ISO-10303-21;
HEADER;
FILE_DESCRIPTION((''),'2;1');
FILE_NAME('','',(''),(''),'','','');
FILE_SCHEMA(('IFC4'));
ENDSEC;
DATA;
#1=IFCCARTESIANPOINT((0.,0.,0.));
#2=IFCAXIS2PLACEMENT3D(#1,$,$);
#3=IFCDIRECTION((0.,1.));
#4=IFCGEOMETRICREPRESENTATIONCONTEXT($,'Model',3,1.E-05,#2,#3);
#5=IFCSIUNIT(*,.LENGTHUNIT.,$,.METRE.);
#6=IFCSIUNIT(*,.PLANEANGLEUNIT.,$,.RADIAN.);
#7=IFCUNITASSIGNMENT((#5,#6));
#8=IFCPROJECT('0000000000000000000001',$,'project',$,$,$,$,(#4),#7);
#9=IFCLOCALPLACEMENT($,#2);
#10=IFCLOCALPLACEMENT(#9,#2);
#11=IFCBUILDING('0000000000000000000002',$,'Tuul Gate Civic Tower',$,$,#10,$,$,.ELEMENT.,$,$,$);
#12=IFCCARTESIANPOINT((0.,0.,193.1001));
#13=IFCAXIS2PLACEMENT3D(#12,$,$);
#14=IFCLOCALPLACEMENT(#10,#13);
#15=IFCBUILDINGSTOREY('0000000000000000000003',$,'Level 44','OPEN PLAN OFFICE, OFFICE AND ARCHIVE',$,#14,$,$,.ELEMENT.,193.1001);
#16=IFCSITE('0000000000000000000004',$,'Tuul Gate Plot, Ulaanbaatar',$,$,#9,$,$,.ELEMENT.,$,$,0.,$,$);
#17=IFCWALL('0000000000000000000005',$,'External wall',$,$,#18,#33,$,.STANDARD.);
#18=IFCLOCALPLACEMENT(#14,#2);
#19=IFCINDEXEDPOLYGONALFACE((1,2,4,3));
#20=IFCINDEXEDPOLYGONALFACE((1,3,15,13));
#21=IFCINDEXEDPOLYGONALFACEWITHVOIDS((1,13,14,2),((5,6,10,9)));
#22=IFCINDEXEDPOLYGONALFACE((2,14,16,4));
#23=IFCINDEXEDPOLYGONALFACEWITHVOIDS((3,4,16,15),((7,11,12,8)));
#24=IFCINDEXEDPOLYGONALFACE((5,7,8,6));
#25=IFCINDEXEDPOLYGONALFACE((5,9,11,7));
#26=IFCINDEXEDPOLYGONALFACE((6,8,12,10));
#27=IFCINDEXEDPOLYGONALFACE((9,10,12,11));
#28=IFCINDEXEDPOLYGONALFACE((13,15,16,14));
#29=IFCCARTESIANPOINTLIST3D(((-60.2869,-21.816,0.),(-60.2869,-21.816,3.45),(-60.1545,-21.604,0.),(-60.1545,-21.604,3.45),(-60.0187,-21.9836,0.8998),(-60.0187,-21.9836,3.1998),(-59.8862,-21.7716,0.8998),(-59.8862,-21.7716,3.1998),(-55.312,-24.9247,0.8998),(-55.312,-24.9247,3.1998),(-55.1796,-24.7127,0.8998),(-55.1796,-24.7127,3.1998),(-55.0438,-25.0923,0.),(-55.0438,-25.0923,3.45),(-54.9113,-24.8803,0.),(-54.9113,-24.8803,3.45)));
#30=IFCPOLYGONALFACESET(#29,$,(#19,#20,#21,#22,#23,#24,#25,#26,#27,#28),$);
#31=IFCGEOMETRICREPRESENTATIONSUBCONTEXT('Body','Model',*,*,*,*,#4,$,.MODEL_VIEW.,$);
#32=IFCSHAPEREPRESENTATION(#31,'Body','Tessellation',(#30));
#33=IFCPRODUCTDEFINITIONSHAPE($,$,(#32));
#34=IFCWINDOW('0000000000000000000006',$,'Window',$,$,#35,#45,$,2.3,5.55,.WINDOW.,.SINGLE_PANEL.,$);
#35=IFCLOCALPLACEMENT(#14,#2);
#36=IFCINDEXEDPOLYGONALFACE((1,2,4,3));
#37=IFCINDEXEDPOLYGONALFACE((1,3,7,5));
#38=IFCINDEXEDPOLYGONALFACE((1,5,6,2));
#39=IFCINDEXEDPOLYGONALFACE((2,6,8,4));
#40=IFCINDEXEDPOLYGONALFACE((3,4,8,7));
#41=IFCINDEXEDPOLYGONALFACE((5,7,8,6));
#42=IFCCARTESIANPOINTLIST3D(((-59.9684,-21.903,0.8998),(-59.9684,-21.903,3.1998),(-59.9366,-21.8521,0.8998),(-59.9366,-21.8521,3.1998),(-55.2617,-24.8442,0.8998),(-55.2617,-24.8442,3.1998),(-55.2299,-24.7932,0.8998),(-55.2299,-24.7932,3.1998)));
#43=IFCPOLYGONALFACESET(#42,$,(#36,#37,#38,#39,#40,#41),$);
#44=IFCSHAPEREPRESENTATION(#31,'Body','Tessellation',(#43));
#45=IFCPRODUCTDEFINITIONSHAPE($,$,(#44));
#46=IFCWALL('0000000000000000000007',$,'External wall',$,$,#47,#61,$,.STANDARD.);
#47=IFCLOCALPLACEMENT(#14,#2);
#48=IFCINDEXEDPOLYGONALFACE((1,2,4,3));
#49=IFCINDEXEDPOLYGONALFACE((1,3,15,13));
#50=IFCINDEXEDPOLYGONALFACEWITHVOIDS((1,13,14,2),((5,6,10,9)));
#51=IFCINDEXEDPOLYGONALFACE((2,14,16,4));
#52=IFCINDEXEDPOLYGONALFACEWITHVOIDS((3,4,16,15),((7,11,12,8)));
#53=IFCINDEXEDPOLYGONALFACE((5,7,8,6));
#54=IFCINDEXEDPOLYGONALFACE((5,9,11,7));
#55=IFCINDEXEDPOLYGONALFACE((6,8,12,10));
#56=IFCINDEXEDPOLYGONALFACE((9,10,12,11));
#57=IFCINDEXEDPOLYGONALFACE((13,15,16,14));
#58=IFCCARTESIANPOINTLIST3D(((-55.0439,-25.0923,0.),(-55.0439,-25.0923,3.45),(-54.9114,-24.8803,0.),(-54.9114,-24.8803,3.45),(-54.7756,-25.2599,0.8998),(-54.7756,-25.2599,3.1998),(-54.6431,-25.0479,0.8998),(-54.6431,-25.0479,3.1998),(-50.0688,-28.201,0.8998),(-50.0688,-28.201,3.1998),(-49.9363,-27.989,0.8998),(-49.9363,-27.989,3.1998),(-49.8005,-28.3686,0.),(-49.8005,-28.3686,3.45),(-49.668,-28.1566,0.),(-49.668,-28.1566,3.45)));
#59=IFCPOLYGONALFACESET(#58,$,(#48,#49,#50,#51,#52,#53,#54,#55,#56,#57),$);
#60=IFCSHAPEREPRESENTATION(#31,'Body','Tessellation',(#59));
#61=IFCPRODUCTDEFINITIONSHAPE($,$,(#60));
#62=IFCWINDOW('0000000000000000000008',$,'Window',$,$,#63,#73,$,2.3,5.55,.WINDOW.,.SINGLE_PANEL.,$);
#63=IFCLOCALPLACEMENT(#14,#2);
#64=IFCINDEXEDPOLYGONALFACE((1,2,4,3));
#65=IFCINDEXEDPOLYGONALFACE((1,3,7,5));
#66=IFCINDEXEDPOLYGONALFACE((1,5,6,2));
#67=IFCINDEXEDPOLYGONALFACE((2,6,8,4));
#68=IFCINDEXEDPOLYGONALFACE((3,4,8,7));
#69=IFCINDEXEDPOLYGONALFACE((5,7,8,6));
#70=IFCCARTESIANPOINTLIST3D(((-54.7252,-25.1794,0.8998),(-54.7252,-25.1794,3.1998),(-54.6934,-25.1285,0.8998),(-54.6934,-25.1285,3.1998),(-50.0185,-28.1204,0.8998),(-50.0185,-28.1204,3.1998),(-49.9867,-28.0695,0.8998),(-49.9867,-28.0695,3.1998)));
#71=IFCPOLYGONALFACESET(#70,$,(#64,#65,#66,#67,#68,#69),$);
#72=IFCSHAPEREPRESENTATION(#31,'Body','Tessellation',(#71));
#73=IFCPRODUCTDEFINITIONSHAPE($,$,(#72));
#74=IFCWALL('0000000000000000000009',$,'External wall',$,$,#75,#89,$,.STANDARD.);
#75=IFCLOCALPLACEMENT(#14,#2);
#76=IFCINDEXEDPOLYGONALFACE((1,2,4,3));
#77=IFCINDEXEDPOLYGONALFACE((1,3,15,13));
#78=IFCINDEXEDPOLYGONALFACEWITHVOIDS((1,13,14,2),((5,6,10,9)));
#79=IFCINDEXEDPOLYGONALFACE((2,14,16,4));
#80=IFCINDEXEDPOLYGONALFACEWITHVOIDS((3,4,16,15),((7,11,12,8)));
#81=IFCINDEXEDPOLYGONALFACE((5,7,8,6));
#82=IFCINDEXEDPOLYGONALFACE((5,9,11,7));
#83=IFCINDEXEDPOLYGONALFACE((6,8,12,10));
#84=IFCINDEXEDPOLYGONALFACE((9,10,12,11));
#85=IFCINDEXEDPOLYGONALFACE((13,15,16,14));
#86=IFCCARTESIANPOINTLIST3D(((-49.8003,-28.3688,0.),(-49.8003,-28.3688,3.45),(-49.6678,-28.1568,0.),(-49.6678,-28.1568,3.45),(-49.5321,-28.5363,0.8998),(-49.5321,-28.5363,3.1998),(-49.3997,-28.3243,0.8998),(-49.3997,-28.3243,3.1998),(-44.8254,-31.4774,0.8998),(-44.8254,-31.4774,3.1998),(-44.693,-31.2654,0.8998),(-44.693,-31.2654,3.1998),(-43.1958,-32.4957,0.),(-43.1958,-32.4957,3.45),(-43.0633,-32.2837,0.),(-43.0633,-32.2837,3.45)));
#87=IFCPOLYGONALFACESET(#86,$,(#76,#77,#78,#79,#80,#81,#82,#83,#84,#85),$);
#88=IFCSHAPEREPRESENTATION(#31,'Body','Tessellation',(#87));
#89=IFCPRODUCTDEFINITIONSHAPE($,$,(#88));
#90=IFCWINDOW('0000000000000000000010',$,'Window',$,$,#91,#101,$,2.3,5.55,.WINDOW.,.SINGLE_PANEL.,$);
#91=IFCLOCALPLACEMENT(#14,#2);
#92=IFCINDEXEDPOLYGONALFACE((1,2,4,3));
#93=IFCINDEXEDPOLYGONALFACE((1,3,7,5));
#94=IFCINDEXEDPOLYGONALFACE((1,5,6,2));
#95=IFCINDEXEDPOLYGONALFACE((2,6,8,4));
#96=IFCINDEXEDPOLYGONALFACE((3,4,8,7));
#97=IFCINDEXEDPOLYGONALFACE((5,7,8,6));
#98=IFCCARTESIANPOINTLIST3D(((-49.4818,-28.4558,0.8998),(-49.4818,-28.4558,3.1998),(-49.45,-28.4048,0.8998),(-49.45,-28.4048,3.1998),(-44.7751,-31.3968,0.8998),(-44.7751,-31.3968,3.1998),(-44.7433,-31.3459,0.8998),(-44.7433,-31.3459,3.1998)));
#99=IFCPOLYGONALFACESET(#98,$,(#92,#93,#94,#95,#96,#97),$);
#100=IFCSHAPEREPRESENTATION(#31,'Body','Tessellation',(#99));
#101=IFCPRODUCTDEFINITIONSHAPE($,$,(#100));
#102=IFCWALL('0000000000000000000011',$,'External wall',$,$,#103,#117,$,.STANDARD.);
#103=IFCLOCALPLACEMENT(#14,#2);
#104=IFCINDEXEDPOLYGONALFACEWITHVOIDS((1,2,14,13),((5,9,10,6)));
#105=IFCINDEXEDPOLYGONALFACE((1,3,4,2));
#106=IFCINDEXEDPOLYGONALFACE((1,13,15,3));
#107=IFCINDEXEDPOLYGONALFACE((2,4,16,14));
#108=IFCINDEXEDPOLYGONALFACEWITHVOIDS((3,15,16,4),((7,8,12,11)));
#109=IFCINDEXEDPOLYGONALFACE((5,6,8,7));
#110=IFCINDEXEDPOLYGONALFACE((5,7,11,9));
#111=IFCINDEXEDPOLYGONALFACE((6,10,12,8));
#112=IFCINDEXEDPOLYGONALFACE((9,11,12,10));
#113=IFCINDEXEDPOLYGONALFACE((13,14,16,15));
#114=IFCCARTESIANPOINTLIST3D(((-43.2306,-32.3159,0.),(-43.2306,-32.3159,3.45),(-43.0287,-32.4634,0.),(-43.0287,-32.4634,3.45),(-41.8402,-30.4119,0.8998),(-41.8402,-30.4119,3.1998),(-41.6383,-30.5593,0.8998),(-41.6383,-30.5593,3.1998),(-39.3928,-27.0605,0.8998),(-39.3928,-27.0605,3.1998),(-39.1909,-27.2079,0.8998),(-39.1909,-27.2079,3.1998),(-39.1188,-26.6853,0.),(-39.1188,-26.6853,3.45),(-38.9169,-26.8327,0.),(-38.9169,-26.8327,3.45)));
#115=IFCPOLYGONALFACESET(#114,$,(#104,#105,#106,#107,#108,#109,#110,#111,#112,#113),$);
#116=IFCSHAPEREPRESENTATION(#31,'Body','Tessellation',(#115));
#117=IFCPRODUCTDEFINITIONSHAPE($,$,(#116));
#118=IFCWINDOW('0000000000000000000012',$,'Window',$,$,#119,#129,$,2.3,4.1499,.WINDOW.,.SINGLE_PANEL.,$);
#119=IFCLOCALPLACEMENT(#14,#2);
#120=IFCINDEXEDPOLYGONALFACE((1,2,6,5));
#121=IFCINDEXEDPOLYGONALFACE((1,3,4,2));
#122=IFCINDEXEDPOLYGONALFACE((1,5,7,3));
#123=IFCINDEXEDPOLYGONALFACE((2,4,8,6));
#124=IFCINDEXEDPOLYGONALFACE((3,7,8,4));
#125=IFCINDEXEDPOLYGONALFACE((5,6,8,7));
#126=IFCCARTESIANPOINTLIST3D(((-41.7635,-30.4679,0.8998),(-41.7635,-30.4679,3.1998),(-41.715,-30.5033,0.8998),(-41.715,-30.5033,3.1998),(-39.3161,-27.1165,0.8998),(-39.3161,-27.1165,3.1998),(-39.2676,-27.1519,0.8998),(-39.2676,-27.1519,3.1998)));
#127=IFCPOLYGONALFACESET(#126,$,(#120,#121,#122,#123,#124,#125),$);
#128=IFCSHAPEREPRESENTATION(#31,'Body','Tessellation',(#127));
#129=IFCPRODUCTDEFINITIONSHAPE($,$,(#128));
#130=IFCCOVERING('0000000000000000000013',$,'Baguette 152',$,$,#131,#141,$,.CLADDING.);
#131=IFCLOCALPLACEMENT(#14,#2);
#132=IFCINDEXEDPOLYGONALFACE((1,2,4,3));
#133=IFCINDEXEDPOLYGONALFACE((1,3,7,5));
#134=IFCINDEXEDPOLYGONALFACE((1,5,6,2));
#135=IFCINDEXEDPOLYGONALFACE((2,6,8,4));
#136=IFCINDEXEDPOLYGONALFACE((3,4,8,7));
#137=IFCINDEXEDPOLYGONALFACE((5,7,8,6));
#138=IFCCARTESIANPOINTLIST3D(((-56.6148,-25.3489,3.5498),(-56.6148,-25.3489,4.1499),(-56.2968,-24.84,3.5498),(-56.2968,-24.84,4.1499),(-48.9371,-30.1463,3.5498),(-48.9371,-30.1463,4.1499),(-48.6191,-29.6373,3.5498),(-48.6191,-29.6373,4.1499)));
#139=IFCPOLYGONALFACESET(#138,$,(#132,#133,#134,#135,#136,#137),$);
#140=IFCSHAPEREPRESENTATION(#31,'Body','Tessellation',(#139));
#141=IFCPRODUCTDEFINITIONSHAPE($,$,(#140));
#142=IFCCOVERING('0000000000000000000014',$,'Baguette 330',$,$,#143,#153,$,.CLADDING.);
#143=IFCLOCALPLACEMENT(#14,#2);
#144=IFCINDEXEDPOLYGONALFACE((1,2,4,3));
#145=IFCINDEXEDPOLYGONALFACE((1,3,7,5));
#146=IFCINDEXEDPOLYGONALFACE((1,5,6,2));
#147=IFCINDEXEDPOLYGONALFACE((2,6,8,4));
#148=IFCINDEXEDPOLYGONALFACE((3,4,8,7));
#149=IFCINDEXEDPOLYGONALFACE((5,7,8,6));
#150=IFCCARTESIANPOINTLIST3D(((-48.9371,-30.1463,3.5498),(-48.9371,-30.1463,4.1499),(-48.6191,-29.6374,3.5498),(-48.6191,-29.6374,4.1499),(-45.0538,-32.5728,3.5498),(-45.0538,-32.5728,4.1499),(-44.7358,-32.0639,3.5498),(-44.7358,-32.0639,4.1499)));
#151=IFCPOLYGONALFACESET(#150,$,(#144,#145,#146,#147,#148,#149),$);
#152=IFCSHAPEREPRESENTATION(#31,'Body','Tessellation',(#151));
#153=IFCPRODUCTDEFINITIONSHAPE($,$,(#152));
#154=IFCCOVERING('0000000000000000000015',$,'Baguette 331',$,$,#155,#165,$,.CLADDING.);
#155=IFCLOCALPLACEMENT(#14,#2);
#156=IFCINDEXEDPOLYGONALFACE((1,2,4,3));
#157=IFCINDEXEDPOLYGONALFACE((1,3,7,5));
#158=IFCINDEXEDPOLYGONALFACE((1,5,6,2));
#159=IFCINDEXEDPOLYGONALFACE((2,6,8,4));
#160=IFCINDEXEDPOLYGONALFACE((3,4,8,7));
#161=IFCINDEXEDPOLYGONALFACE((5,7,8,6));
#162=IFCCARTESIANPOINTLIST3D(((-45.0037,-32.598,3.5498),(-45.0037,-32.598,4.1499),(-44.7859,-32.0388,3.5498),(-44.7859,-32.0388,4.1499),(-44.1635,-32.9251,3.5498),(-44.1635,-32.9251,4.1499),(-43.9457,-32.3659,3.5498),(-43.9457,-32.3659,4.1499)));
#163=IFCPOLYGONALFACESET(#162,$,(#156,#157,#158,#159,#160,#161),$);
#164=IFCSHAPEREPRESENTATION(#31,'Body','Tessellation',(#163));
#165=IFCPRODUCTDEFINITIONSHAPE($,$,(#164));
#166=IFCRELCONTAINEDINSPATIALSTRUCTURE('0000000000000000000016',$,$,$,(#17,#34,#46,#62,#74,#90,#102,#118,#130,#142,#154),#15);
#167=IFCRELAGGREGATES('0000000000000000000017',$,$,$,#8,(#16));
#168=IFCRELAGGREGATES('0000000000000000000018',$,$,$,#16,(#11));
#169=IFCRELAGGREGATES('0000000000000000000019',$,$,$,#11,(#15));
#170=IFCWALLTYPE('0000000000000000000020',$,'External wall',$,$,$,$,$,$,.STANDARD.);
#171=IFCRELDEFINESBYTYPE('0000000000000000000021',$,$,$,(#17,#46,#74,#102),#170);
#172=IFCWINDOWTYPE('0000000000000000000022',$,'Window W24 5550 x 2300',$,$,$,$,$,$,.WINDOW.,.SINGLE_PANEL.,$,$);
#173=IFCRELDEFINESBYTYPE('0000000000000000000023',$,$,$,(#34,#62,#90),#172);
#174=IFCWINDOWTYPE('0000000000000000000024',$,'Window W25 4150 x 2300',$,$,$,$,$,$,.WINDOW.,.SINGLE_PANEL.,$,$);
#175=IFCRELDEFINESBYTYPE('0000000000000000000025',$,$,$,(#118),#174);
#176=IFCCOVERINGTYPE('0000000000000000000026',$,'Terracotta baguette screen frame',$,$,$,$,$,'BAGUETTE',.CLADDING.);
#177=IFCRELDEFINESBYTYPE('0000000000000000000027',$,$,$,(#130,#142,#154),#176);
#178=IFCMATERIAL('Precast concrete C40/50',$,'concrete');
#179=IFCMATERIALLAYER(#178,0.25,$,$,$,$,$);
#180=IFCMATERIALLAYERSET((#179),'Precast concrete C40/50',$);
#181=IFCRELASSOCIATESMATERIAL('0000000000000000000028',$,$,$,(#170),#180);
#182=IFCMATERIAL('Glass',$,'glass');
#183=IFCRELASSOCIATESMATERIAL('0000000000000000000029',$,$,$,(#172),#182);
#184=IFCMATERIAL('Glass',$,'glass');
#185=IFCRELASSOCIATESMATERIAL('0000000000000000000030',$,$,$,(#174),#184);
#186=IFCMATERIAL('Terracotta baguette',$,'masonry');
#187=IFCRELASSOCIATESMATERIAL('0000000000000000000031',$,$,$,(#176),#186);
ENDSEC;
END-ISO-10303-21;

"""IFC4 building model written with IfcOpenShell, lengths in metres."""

from ifc_helpers import new_model, si_unit, direction, frame, frame_2d, origin, origin_2d, place, context, subcontext, project, spatial, rectangle, extrude, material, layer, layer_set, material_profile, profile_set, type_object, element, fill, save


model = new_model("IFC4")

# Units and contexts
model_context = context("Model", 3, precision=1e-05, world=origin(), true_north=direction((0.0, 1.0)))
body_context = subcontext(model_context, "Body", "Model", "MODEL_VIEW")
ifc_project = project(units=[si_unit("LENGTHUNIT", "METRE"), si_unit("PLANEANGLEUNIT", "RADIAN")], contexts=[model_context])

# Site, building, storey
site_placement = place(None, origin())
site = spatial("IfcSite", under=ifc_project, at=site_placement, Name="Tuul Gate Plot, Ulaanbaatar", CompositionType="ELEMENT", RefElevation=0.0)
building_placement = place(site_placement, origin())
building = spatial("IfcBuilding", under=site, at=building_placement, Name="Tuul Gate Civic Tower", CompositionType="ELEMENT")
storey_placement = place(building_placement, frame((0.0, 0.0, 193.1001)))
storey = spatial("IfcBuildingStorey", under=building, at=storey_placement, Name="Level 44", Description="OPEN PLAN OFFICE, OFFICE AND ARCHIVE", CompositionType="ELEMENT", Elevation=193.1001)

# Shared definitions
ifc_material_1 = material(Name="Precast concrete C40/50", Category="concrete")
ifc_layer_1 = layer(ifc_material_1, 0.25)
ifc_layer_set_1 = layer_set([ifc_layer_1], Name="Precast concrete C40/50")
wall_type_1 = type_object("IfcWallType", Name="External wall", PredefinedType="STANDARD", material=ifc_layer_set_1)

# Walls, openings, windows
wall_1_placement = place(storey_placement, frame((-60.2207, -21.71, 0.0), z_axis=(0.0, 0.0, 1.0), x_axis=(0.848043, -0.529928, 0.0)))
wall_1 = element("IfcWall", 1, at=wall_1_placement, inside=storey, type_object=wall_type_1, Name="External wall", PredefinedType="STANDARD", context=body_context, shape_type="SweptSolid", body=[
    extrude(rectangle(XDim=6.1826, YDim=0.25, at=frame_2d((3.0913, 0.0))), origin(), (0.0, 0.0, 1.0), 3.45),
])
opening_1_placement = place(wall_1_placement, frame((0.3164, 0.0, 0.8999)))
opening_1 = element("IfcOpeningElement", 2, at=opening_1_placement, cuts=wall_1, PredefinedType="OPENING", context=body_context, shape_type="SweptSolid", body=[
    extrude(rectangle(XDim=5.55, YDim=2.3, at=frame_2d((2.7749, 1.1499))), frame((0.0, 0.135, 0.0), z_axis=(0.0, -1.0, 0.0), x_axis=(1.0, 0.0, 0.0)), (0.0, 0.0, 1.0), 0.27),
])
ifc_material_2 = material(Name="Glass", Category="glass")
window_type_1 = type_object("IfcWindowType", Name="Window W24 5550 x 2300", PartitioningType="SINGLE_PANEL", PredefinedType="WINDOW", material=ifc_material_2)
window_1_placement = place(opening_1_placement, origin())
window_1 = element("IfcWindow", 3, at=window_1_placement, inside=storey, type_object=window_type_1, Name="Window", OverallHeight=2.3, OverallWidth=5.55, PartitioningType="SINGLE_PANEL", PredefinedType="WINDOW", context=body_context, shape_type="SweptSolid", body=[
    extrude(rectangle(XDim=5.55, YDim=2.3, at=frame_2d((2.7749, 1.1499))), frame((0.0, 0.03, 0.0), z_axis=(0.0, -1.0, 0.0), x_axis=(1.0, 0.0, 0.0)), (0.0, 0.0, 1.0), 0.0601),
])
fill(opening_1, window_1)
wall_2_placement = place(storey_placement, frame((-54.9775, -24.9863, 0.0), z_axis=(0.0, 0.0, 1.0), x_axis=(0.848054, -0.52991, 0.0)))
wall_2 = element("IfcWall", 4, at=wall_2_placement, inside=storey, type_object=wall_type_1, Name="External wall", PredefinedType="STANDARD", context=body_context, shape_type="SweptSolid", body=[
    extrude(rectangle(XDim=6.1829, YDim=0.25, at=frame_2d((3.0913, 0.0))), origin(), (0.0, 0.0, 1.0), 3.45),
])
opening_2_placement = place(wall_2_placement, frame((0.3164, 0.0, 0.8999)))
opening_2 = element("IfcOpeningElement", 5, at=opening_2_placement, cuts=wall_2, PredefinedType="OPENING", context=body_context, shape_type="SweptSolid", body=[
    extrude(rectangle(XDim=5.55, YDim=2.3, at=frame_2d((2.7749, 1.1499))), frame((0.0, 0.135, 0.0), z_axis=(0.0, -1.0, 0.0), x_axis=(1.0, 0.0, 0.0)), (0.0, 0.0, 1.0), 0.27),
])
window_2_placement = place(opening_2_placement, origin())
window_2 = element("IfcWindow", 6, at=window_2_placement, inside=storey, type_object=window_type_1, Name="Window", OverallHeight=2.3, OverallWidth=5.55, PartitioningType="SINGLE_PANEL", PredefinedType="WINDOW", context=body_context, shape_type="SweptSolid", body=[
    extrude(rectangle(XDim=5.55, YDim=2.3, at=frame_2d((2.7749, 1.1499))), frame((0.0, 0.03, 0.0), z_axis=(0.0, -1.0, 0.0), x_axis=(1.0, 0.0, 0.0)), (0.0, 0.0, 1.0), 0.0601),
])
fill(opening_2, window_2)
wall_3_placement = place(storey_placement, frame((-49.7341, -28.2627, 0.0), z_axis=(0.0, 0.0, 1.0), x_axis=(0.848048, -0.52992, 0.0)))
wall_3 = element("IfcWall", 7, at=wall_3_placement, inside=storey, type_object=wall_type_1, Name="External wall", PredefinedType="STANDARD", context=body_context, shape_type="SweptSolid", body=[
    extrude(rectangle(XDim=7.7878, YDim=0.25, at=frame_2d((3.894, 0.0))), origin(), (0.0, 0.0, 1.0), 3.45),
])
opening_3_placement = place(wall_3_placement, frame((0.3164, 0.0, 0.8999)))
opening_3 = element("IfcOpeningElement", 8, at=opening_3_placement, cuts=wall_3, PredefinedType="OPENING", context=body_context, shape_type="SweptSolid", body=[
    extrude(rectangle(XDim=5.55, YDim=2.3, at=frame_2d((2.7749, 1.1499))), frame((0.0, 0.135, 0.0), z_axis=(0.0, -1.0, 0.0), x_axis=(1.0, 0.0, 0.0)), (0.0, 0.0, 1.0), 0.27),
])
window_3_placement = place(opening_3_placement, origin())
window_3 = element("IfcWindow", 9, at=window_3_placement, inside=storey, type_object=window_type_1, Name="Window", OverallHeight=2.3, OverallWidth=5.55, PartitioningType="SINGLE_PANEL", PredefinedType="WINDOW", context=body_context, shape_type="SweptSolid", body=[
    extrude(rectangle(XDim=5.55, YDim=2.3, at=frame_2d((2.7749, 1.1499))), frame((0.0, 0.03, 0.0), z_axis=(0.0, -1.0, 0.0), x_axis=(1.0, 0.0, 0.0)), (0.0, 0.0, 1.0), 0.0601),
])
fill(opening_3, window_3)
wall_4_placement = place(storey_placement, frame((-43.1296, -32.3896, 0.0), z_axis=(0.0, 0.0, 1.0), x_axis=(0.589749, 0.807587, 0.0)))
wall_4 = element("IfcWall", 10, at=wall_4_placement, inside=storey, type_object=wall_type_1, Name="External wall", PredefinedType="STANDARD", context=body_context, shape_type="SweptSolid", body=[
    extrude(rectangle(XDim=6.9722, YDim=0.25, at=frame_2d((3.4861, 0.0))), origin(), (0.0, 0.0, 1.0), 3.45),
])
opening_4_placement = place(wall_4_placement, frame((2.3577, 0.0, 0.8999)))
opening_4 = element("IfcOpeningElement", 11, at=opening_4_placement, cuts=wall_4, PredefinedType="OPENING", context=body_context, shape_type="SweptSolid", body=[
    extrude(rectangle(XDim=4.1499, YDim=2.3, at=frame_2d((2.075, 1.1499))), frame((0.0, 0.135, 0.0), z_axis=(0.0, -1.0, 0.0), x_axis=(1.0, 0.0, 0.0)), (0.0, 0.0, 1.0), 0.27),
])
ifc_material_3 = material(Name="Glass", Category="glass")
window_type_2 = type_object("IfcWindowType", Name="Window W25 4150 x 2300", PartitioningType="SINGLE_PANEL", PredefinedType="WINDOW", material=ifc_material_3)
window_4_placement = place(opening_4_placement, origin())
window_4 = element("IfcWindow", 12, at=window_4_placement, inside=storey, type_object=window_type_2, Name="Window", OverallHeight=2.3, OverallWidth=4.1499, PartitioningType="SINGLE_PANEL", PredefinedType="WINDOW", context=body_context, shape_type="SweptSolid", body=[
    extrude(rectangle(XDim=4.1499, YDim=2.3, at=frame_2d((2.075, 1.1499))), frame((0.0, 0.03, 0.0), z_axis=(0.0, -1.0, 0.0), x_axis=(1.0, 0.0, 0.0)), (0.0, 0.0, 1.0), 0.0601),
])
fill(opening_4, window_4)

# Coverings
ifc_material_4 = material(Name="Terracotta baguette", Category="masonry")
ifc_material_profile_1 = material_profile(ifc_material_4, rectangle(XDim=0.6001, YDim=0.6001, at=origin_2d()), Name="Terracotta baguette screen frame")
ifc_profile_set_1 = profile_set([ifc_material_profile_1], Name="Terracotta baguette")
covering_type = type_object("IfcCoveringType", Name="Terracotta baguette screen frame", ElementType="BAGUETTE", PredefinedType="CLADDING", material=ifc_profile_set_1)
covering_1_placement = place(storey_placement, frame((-56.4558, -25.0945, 3.8499), z_axis=(0.848059, -0.529902, 0.0), x_axis=(0.529902, 0.848059, 0.0)))
element("IfcCovering", 13, at=covering_1_placement, inside=storey, type_object=covering_type, Name="Baguette 152", PredefinedType="CLADDING", context=body_context, shape_type="SweptSolid", body=[
    extrude(rectangle(XDim=0.6001, YDim=0.6001, at=origin_2d()), origin(), (0.0, 0.0, 1.0), 9.0532),
])
covering_2_placement = place(storey_placement, frame((-48.7781, -29.8918, 3.8499), z_axis=(0.848052, -0.529913, 0.0), x_axis=(0.529913, 0.848052, 0.0)))
element("IfcCovering", 14, at=covering_2_placement, inside=storey, type_object=covering_type, Name="Baguette 330", PredefinedType="CLADDING", context=body_context, shape_type="SweptSolid", body=[
    extrude(rectangle(XDim=0.6001, YDim=0.6001, at=origin_2d()), origin(), (0.0, 0.0, 1.0), 4.5791),
])
covering_3_placement = place(storey_placement, frame((-44.8948, -32.3184, 3.8499), z_axis=(0.931837, -0.362877, 0.0), x_axis=(0.362877, 0.931837, 0.0)))
element("IfcCovering", 15, at=covering_3_placement, inside=storey, type_object=covering_type, Name="Baguette 331", PredefinedType="CLADDING", context=body_context, shape_type="SweptSolid", body=[
    extrude(rectangle(XDim=0.6001, YDim=0.6001, at=origin_2d()), origin(), (0.0, 0.0, 1.0), 0.9016),
])

save(model, "model.ifc")
